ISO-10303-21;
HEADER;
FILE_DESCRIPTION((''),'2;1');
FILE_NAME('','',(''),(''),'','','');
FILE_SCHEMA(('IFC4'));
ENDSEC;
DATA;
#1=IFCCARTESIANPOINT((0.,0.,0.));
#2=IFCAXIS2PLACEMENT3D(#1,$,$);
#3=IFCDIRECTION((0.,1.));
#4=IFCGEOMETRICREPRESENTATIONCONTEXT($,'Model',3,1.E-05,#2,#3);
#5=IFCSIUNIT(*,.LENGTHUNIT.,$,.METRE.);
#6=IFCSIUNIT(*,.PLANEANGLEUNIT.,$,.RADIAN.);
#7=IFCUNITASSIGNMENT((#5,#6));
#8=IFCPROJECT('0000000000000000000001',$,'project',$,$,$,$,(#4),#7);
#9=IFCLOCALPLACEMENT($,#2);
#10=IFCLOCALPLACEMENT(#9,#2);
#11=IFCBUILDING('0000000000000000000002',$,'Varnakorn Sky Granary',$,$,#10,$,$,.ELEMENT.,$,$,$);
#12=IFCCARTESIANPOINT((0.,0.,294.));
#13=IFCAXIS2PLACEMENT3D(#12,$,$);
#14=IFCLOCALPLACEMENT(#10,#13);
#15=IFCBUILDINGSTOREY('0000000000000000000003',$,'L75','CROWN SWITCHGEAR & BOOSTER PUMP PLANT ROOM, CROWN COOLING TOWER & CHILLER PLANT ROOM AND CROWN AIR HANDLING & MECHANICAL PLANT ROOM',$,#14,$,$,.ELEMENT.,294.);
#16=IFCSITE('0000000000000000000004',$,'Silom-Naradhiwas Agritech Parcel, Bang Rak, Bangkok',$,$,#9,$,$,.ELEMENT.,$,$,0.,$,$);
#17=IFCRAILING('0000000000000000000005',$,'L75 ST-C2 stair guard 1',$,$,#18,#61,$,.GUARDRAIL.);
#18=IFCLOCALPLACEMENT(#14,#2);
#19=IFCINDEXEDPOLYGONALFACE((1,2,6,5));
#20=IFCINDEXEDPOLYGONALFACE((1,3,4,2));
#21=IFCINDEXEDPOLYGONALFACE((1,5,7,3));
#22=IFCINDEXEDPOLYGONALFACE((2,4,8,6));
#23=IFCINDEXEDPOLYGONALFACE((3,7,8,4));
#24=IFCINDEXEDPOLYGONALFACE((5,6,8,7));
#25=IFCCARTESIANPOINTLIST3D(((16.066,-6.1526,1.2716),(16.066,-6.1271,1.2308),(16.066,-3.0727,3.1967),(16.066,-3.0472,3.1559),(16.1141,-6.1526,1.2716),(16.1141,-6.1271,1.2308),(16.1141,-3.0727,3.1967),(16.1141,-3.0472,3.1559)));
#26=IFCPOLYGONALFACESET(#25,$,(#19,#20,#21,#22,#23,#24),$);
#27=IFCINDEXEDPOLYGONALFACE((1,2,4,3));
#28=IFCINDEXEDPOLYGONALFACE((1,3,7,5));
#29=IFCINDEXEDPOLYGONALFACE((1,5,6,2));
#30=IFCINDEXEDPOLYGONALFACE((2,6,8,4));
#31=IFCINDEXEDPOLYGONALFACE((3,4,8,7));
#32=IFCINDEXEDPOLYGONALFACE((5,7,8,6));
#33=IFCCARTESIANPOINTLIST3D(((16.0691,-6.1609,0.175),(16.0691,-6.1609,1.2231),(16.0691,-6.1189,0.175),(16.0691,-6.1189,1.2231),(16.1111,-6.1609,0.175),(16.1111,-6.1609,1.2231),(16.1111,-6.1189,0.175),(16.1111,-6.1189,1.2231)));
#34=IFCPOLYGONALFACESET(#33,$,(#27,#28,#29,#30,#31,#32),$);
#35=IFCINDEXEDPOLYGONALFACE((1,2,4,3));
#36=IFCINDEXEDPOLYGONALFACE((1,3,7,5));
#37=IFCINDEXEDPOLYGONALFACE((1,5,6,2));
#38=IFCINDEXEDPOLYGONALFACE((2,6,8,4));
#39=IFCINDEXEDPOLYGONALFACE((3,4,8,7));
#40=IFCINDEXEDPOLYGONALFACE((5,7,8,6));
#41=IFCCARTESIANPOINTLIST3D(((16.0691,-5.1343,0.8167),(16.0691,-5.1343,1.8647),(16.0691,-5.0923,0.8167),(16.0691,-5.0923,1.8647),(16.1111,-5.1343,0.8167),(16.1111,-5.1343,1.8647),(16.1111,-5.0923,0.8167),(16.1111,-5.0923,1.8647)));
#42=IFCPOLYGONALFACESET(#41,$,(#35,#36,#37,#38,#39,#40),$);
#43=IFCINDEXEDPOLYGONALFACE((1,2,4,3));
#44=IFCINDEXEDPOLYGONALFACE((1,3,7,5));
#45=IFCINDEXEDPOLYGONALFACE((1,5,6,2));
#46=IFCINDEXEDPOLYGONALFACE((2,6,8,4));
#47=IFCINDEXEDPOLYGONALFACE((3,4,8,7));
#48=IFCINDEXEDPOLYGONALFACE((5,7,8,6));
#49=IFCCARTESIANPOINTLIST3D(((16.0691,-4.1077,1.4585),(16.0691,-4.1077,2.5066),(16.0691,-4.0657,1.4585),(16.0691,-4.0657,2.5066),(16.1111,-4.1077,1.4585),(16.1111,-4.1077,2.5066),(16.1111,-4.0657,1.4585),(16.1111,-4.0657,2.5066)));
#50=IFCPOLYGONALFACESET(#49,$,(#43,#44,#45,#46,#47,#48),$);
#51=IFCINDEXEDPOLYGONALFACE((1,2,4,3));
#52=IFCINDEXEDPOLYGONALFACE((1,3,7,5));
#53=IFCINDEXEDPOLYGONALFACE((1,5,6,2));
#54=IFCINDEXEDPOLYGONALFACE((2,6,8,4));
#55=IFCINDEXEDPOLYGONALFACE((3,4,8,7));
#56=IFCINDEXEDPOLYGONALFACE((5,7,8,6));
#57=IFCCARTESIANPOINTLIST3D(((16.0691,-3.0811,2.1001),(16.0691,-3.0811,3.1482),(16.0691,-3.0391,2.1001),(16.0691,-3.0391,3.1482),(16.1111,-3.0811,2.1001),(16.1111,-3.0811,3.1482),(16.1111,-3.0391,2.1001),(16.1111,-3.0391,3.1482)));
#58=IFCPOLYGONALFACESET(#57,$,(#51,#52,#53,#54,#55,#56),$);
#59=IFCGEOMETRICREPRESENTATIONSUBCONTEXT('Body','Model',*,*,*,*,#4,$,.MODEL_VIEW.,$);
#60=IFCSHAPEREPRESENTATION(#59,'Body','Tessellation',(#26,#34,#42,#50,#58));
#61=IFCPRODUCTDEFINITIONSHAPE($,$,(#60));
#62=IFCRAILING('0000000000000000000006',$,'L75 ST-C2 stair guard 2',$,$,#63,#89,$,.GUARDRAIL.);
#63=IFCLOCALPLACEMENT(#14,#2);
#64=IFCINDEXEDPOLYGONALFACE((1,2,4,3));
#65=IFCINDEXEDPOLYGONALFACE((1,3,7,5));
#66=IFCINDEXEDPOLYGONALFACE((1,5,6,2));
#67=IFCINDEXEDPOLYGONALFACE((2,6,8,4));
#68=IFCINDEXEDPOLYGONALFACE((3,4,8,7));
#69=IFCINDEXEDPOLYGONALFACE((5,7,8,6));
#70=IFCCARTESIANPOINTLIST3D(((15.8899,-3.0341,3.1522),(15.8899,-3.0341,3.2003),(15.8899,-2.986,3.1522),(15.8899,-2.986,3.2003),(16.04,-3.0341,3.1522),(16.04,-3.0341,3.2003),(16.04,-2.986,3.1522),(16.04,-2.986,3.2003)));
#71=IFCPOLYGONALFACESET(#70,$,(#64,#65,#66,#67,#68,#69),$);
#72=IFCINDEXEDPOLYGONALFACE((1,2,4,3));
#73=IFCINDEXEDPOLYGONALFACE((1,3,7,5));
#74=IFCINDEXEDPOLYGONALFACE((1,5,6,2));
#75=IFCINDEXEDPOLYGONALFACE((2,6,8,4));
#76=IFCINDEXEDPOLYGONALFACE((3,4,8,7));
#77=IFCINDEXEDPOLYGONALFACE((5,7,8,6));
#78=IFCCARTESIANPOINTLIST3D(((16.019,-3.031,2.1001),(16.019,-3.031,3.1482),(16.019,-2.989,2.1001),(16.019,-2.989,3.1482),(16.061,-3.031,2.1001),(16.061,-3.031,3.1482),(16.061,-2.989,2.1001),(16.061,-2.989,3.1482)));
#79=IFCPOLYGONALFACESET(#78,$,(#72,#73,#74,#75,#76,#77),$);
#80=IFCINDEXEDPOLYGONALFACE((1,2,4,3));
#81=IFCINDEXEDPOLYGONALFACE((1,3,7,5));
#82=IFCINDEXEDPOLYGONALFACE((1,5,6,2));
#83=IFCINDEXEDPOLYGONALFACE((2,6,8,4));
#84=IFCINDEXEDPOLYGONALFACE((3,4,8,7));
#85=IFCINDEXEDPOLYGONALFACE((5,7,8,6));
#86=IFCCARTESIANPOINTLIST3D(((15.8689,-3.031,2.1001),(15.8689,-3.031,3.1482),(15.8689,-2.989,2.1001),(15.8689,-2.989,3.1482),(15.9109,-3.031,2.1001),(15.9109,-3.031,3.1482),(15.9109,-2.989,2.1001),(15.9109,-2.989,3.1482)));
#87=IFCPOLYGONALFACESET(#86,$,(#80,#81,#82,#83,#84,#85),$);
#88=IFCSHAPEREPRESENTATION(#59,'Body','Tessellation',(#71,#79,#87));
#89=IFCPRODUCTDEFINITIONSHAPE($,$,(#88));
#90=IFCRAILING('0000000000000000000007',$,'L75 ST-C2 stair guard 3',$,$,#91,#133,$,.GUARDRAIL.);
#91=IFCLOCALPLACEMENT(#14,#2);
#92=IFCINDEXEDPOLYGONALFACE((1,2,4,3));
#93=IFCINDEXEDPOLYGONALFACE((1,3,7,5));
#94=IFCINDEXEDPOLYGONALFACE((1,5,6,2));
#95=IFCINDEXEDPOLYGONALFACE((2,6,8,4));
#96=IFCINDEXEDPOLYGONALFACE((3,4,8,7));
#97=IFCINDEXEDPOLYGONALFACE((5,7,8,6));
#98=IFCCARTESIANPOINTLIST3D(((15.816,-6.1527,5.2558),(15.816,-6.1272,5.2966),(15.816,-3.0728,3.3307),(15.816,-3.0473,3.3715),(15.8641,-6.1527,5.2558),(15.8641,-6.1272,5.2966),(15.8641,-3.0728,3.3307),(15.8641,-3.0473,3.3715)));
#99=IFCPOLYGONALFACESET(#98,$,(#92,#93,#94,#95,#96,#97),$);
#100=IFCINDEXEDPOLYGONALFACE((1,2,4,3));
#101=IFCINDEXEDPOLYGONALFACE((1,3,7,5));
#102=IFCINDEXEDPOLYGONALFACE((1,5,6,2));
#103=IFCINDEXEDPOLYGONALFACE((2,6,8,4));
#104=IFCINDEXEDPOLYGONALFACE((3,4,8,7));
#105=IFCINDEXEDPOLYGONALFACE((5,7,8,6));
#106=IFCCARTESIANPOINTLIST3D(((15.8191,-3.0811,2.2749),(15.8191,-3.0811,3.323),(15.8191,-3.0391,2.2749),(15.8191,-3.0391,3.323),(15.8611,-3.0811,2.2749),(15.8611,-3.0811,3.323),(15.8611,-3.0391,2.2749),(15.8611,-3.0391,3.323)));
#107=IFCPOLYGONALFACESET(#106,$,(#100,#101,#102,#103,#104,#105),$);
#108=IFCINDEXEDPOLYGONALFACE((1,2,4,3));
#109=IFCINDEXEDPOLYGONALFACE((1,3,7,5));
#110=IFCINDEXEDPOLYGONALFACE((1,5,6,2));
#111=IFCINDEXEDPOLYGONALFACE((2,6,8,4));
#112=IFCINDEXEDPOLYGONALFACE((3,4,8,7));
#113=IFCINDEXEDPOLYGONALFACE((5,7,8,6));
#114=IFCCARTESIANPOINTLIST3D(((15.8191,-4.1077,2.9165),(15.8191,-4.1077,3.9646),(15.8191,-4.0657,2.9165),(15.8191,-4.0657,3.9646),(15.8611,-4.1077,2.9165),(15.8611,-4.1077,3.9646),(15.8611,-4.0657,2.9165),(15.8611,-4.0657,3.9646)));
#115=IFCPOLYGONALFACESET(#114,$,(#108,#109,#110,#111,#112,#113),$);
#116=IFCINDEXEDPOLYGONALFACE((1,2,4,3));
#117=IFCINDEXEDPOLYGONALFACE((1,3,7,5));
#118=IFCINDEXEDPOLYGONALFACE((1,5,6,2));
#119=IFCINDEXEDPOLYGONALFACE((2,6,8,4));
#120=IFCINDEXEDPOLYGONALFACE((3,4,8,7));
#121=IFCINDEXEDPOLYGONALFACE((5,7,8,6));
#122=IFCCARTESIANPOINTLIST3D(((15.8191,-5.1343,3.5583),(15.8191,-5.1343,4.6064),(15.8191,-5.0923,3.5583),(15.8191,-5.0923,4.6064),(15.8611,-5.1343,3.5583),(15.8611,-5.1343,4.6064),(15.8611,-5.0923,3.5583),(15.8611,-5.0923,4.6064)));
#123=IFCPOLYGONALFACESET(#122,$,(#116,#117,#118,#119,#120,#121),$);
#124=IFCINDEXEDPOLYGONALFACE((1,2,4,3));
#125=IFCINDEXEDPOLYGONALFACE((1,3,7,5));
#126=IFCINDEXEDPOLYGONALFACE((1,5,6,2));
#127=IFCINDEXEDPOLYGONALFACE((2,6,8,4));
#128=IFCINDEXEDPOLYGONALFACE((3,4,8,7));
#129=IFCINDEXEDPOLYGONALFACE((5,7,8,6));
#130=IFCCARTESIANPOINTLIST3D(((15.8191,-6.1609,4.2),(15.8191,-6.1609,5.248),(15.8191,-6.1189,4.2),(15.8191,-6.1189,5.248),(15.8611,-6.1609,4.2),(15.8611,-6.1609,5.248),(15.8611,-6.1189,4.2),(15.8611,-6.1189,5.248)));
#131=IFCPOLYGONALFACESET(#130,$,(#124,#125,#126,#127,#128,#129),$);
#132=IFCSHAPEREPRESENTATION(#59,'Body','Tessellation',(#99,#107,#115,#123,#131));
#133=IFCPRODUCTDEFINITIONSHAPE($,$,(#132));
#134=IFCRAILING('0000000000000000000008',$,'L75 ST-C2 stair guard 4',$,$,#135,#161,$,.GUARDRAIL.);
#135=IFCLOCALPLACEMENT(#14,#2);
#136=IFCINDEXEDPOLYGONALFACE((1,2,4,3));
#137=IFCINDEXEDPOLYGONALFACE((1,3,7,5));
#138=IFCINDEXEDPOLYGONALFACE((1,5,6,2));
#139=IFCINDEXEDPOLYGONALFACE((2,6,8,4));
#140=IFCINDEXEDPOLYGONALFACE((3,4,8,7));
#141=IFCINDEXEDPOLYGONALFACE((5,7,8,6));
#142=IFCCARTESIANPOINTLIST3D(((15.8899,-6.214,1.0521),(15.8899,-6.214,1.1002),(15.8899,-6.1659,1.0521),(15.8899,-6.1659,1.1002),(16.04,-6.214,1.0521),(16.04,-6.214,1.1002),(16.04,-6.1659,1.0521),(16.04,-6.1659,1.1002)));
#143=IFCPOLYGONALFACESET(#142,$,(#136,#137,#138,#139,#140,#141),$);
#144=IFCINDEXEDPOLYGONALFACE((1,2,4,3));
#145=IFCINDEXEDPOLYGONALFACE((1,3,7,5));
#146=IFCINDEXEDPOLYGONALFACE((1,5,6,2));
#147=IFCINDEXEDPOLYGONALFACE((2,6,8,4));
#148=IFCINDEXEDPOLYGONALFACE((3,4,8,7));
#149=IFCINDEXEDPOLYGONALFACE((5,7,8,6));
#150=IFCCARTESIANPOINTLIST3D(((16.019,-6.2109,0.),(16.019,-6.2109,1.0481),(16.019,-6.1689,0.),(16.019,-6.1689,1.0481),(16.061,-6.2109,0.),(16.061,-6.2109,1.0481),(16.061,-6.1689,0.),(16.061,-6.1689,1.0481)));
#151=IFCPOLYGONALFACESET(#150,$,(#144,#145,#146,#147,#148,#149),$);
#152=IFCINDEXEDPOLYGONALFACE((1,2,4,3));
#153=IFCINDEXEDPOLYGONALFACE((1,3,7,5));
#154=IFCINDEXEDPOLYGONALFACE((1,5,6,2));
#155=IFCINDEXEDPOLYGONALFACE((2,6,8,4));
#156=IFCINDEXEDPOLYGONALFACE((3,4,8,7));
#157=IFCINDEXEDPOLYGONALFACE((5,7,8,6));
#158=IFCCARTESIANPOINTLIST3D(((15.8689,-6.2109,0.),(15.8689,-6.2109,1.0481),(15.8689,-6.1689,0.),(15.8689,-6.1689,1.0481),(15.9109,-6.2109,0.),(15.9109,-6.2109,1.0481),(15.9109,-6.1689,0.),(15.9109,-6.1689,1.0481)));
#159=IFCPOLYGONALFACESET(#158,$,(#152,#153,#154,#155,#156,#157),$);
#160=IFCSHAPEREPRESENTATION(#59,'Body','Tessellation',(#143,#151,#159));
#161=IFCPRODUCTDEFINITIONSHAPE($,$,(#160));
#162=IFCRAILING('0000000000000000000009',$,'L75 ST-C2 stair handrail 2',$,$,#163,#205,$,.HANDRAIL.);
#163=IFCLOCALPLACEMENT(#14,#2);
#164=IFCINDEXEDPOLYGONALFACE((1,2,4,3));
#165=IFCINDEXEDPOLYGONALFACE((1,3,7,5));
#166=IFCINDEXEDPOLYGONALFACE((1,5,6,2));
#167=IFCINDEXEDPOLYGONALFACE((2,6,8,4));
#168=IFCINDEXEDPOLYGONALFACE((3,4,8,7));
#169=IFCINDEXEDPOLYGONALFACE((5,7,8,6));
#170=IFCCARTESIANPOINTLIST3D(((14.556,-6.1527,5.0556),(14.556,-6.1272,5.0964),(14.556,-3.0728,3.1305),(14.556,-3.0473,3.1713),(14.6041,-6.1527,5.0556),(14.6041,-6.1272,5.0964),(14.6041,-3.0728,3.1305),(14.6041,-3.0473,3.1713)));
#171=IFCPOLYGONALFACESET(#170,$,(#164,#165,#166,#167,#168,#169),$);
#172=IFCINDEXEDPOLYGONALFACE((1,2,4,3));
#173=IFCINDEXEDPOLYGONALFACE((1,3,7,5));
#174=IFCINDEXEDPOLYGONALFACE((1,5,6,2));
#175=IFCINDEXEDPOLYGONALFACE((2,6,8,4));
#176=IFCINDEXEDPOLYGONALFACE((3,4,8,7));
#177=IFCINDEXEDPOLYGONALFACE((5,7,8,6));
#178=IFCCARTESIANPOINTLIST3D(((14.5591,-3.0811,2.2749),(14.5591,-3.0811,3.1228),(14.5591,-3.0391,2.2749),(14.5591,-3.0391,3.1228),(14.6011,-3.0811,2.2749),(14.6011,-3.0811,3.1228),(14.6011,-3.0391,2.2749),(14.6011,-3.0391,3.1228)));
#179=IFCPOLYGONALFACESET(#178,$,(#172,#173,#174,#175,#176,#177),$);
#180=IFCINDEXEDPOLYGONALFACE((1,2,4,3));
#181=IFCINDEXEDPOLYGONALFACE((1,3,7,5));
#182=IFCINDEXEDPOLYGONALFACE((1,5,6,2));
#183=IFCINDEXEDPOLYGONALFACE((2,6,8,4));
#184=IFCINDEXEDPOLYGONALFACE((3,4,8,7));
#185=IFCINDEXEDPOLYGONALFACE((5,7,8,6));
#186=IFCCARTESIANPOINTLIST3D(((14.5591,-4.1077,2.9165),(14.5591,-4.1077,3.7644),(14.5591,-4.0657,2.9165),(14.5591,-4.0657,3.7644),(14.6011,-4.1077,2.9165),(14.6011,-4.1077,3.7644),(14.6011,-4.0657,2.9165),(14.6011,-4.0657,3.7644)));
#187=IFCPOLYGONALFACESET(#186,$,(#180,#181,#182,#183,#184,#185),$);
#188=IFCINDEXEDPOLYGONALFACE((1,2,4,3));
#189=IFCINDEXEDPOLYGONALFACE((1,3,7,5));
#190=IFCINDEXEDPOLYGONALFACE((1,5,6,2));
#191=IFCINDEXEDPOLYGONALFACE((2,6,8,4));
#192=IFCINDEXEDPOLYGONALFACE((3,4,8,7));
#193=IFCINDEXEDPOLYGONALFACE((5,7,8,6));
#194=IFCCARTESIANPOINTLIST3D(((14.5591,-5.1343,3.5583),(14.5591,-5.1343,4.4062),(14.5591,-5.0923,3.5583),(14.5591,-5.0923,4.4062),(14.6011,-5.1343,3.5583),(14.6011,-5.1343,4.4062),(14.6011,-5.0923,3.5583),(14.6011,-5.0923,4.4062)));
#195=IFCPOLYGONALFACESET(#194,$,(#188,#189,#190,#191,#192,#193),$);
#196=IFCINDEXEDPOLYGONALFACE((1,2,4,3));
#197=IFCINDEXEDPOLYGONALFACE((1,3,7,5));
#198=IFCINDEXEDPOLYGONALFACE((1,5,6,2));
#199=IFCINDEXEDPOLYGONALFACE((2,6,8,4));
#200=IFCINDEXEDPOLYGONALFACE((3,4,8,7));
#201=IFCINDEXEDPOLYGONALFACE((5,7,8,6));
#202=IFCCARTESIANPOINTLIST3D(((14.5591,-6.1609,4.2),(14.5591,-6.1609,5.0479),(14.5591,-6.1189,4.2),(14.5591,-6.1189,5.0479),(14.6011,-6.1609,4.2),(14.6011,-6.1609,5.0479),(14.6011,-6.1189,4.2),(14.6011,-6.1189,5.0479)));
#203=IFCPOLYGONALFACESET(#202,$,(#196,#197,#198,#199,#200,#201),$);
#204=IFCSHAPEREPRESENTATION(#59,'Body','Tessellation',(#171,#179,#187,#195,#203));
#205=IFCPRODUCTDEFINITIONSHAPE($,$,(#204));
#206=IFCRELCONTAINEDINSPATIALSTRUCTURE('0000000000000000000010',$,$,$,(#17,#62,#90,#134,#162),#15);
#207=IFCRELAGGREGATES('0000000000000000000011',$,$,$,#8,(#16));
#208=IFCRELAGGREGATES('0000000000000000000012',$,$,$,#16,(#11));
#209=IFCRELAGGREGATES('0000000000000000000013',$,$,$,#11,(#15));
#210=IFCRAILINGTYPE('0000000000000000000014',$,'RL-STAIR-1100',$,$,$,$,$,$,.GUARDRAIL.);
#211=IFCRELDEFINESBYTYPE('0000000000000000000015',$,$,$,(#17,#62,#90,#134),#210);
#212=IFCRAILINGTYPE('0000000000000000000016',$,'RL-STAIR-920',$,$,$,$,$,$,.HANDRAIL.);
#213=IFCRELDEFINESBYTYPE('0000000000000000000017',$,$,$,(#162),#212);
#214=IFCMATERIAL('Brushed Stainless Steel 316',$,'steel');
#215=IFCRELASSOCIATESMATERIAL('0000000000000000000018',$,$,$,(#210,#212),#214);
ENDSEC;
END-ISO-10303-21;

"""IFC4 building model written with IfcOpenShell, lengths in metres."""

from ifc_helpers import new_model, si_unit, direction, frame, origin, origin_2d, place, context, subcontext, project, spatial, rectangle, extrude, material, type_object, element, save


model = new_model("IFC4")

# Units and contexts
model_context = context("Model", 3, precision=1e-05, world=origin(), true_north=direction((0.0, 1.0)))
body_context = subcontext(model_context, "Body", "Model", "MODEL_VIEW")
ifc_project = project(units=[si_unit("LENGTHUNIT", "METRE"), si_unit("PLANEANGLEUNIT", "RADIAN")], contexts=[model_context])

# Site, building, storey
site_placement = place(None, origin())
site = spatial("IfcSite", under=ifc_project, at=site_placement, Name="Silom-Naradhiwas Agritech Parcel, Bang Rak, Bangkok", CompositionType="ELEMENT", RefElevation=0.0)
building_placement = place(site_placement, origin())
building = spatial("IfcBuilding", under=site, at=building_placement, Name="Varnakorn Sky Granary", CompositionType="ELEMENT")
storey_placement = place(building_placement, frame((0.0, 0.0, 294.0)))
storey = spatial("IfcBuildingStorey", under=building, at=storey_placement, Name="L75", Description="CROWN SWITCHGEAR & BOOSTER PUMP PLANT ROOM, CROWN COOLING TOWER & CHILLER PLANT ROOM AND CROWN AIR HANDLING & MECHANICAL PLANT ROOM", CompositionType="ELEMENT", Elevation=294.0)

# Railings
ifc_material_1 = material(Name="Brushed Stainless Steel 316", Category="steel")
railing_type_1 = type_object("IfcRailingType", Name="RL-STAIR-1100", PredefinedType="GUARDRAIL", material=ifc_material_1)
railing_1_placement = place(storey_placement, frame((16.0901, -6.1399, 0.175)))
element("IfcRailing", 1, at=railing_1_placement, inside=storey, type_object=railing_type_1, Name="L75 ST-C2 stair guard 1", PredefinedType="GUARDRAIL", context=body_context, shape_type="SweptSolid", body=[
    extrude(rectangle(XDim=0.0481, YDim=0.0481, at=origin_2d()), frame((0.0, 0.0, 1.0762), z_axis=(0.0, 0.847979, 0.530029), x_axis=(-1.0, 0.0, 0.0)), (0.0, 0.0, 1.0), 3.6321),
    extrude(rectangle(XDim=0.042, YDim=0.042, at=origin_2d()), origin(), (0.0, 0.0, 1.0), 1.0481),
    extrude(rectangle(XDim=0.042, YDim=0.042, at=origin_2d()), frame((0.0, 1.0266, 0.6416)), (0.0, 0.0, 1.0), 1.0481),
    extrude(rectangle(XDim=0.042, YDim=0.042, at=origin_2d()), frame((0.0, 2.0532, 1.2834)), (0.0, 0.0, 1.0), 1.0481),
    extrude(rectangle(XDim=0.042, YDim=0.042, at=origin_2d()), frame((0.0, 3.0798, 1.925)), (0.0, 0.0, 1.0), 1.0481),
])
railing_2_placement = place(storey_placement, frame((16.04, -3.01, 2.1001)))
element("IfcRailing", 2, at=railing_2_placement, inside=storey, type_object=railing_type_1, Name="L75 ST-C2 stair guard 2", PredefinedType="GUARDRAIL", context=body_context, shape_type="SweptSolid", body=[
    extrude(rectangle(XDim=0.0481, YDim=0.0481, at=origin_2d()), frame((0.0, 0.0, 1.0762), z_axis=(-1.0, 0.0, 0.0), x_axis=(0.0, -1.0, 0.0)), (0.0, 0.0, 1.0), 0.1501),
    extrude(rectangle(XDim=0.042, YDim=0.042, at=origin_2d()), origin(), (0.0, 0.0, 1.0), 1.0481),
    extrude(rectangle(XDim=0.042, YDim=0.042, at=origin_2d()), frame((-0.1501, 0.0, 0.0)), (0.0, 0.0, 1.0), 1.0481),
])
railing_3_placement = place(storey_placement, frame((15.8401, -3.0601, 2.2749)))
element("IfcRailing", 3, at=railing_3_placement, inside=storey, type_object=railing_type_1, Name="L75 ST-C2 stair guard 3", PredefinedType="GUARDRAIL", context=body_context, shape_type="SweptSolid", body=[
    extrude(rectangle(XDim=0.0481, YDim=0.0481, at=origin_2d()), frame((0.0, 0.0, 1.0762), z_axis=(0.0, -0.847979, 0.530029), x_axis=(1.0, 0.0, 0.0)), (0.0, 0.0, 1.0), 3.6321),
    extrude(rectangle(XDim=0.042, YDim=0.042, at=origin_2d()), origin(), (0.0, 0.0, 1.0), 1.0481),
    extrude(rectangle(XDim=0.042, YDim=0.042, at=origin_2d()), frame((0.0, -1.0266, 0.6416)), (0.0, 0.0, 1.0), 1.0481),
    extrude(rectangle(XDim=0.042, YDim=0.042, at=origin_2d()), frame((0.0, -2.0532, 1.2834)), (0.0, 0.0, 1.0), 1.0481),
    extrude(rectangle(XDim=0.042, YDim=0.042, at=origin_2d()), frame((0.0, -3.0798, 1.925)), (0.0, 0.0, 1.0), 1.0481),
])
railing_4_placement = place(storey_placement, frame((16.04, -6.1899, 0.0)))
element("IfcRailing", 4, at=railing_4_placement, inside=storey, type_object=railing_type_1, Name="L75 ST-C2 stair guard 4", PredefinedType="GUARDRAIL", context=body_context, shape_type="SweptSolid", body=[
    extrude(rectangle(XDim=0.0481, YDim=0.0481, at=origin_2d()), frame((0.0, 0.0, 1.0762), z_axis=(-1.0, 0.0, 0.0), x_axis=(0.0, -1.0, 0.0)), (0.0, 0.0, 1.0), 0.1501),
    extrude(rectangle(XDim=0.042, YDim=0.042, at=origin_2d()), origin(), (0.0, 0.0, 1.0), 1.0481),
    extrude(rectangle(XDim=0.042, YDim=0.042, at=origin_2d()), frame((-0.1501, 0.0, 0.0)), (0.0, 0.0, 1.0), 1.0481),
])
railing_type_2 = type_object("IfcRailingType", Name="RL-STAIR-920", PredefinedType="HANDRAIL", material=ifc_material_1)
railing_5_placement = place(storey_placement, frame((14.5801, -3.0601, 2.2749)))
element("IfcRailing", 5, at=railing_5_placement, inside=storey, type_object=railing_type_2, Name="L75 ST-C2 stair handrail 2", PredefinedType="HANDRAIL", context=body_context, shape_type="SweptSolid", body=[
    extrude(rectangle(XDim=0.0481, YDim=0.0481, at=origin_2d()), frame((0.0, 0.0, 0.876), z_axis=(0.0, -0.847979, 0.530029), x_axis=(1.0, 0.0, 0.0)), (0.0, 0.0, 1.0), 3.6321),
    extrude(rectangle(XDim=0.042, YDim=0.042, at=origin_2d()), origin(), (0.0, 0.0, 1.0), 0.8479),
    extrude(rectangle(XDim=0.042, YDim=0.042, at=origin_2d()), frame((0.0, -1.0266, 0.6416)), (0.0, 0.0, 1.0), 0.8479),
    extrude(rectangle(XDim=0.042, YDim=0.042, at=origin_2d()), frame((0.0, -2.0532, 1.2834)), (0.0, 0.0, 1.0), 0.8479),
    extrude(rectangle(XDim=0.042, YDim=0.042, at=origin_2d()), frame((0.0, -3.0798, 1.925)), (0.0, 0.0, 1.0), 0.8479),
])

save(model, "model.ifc")
